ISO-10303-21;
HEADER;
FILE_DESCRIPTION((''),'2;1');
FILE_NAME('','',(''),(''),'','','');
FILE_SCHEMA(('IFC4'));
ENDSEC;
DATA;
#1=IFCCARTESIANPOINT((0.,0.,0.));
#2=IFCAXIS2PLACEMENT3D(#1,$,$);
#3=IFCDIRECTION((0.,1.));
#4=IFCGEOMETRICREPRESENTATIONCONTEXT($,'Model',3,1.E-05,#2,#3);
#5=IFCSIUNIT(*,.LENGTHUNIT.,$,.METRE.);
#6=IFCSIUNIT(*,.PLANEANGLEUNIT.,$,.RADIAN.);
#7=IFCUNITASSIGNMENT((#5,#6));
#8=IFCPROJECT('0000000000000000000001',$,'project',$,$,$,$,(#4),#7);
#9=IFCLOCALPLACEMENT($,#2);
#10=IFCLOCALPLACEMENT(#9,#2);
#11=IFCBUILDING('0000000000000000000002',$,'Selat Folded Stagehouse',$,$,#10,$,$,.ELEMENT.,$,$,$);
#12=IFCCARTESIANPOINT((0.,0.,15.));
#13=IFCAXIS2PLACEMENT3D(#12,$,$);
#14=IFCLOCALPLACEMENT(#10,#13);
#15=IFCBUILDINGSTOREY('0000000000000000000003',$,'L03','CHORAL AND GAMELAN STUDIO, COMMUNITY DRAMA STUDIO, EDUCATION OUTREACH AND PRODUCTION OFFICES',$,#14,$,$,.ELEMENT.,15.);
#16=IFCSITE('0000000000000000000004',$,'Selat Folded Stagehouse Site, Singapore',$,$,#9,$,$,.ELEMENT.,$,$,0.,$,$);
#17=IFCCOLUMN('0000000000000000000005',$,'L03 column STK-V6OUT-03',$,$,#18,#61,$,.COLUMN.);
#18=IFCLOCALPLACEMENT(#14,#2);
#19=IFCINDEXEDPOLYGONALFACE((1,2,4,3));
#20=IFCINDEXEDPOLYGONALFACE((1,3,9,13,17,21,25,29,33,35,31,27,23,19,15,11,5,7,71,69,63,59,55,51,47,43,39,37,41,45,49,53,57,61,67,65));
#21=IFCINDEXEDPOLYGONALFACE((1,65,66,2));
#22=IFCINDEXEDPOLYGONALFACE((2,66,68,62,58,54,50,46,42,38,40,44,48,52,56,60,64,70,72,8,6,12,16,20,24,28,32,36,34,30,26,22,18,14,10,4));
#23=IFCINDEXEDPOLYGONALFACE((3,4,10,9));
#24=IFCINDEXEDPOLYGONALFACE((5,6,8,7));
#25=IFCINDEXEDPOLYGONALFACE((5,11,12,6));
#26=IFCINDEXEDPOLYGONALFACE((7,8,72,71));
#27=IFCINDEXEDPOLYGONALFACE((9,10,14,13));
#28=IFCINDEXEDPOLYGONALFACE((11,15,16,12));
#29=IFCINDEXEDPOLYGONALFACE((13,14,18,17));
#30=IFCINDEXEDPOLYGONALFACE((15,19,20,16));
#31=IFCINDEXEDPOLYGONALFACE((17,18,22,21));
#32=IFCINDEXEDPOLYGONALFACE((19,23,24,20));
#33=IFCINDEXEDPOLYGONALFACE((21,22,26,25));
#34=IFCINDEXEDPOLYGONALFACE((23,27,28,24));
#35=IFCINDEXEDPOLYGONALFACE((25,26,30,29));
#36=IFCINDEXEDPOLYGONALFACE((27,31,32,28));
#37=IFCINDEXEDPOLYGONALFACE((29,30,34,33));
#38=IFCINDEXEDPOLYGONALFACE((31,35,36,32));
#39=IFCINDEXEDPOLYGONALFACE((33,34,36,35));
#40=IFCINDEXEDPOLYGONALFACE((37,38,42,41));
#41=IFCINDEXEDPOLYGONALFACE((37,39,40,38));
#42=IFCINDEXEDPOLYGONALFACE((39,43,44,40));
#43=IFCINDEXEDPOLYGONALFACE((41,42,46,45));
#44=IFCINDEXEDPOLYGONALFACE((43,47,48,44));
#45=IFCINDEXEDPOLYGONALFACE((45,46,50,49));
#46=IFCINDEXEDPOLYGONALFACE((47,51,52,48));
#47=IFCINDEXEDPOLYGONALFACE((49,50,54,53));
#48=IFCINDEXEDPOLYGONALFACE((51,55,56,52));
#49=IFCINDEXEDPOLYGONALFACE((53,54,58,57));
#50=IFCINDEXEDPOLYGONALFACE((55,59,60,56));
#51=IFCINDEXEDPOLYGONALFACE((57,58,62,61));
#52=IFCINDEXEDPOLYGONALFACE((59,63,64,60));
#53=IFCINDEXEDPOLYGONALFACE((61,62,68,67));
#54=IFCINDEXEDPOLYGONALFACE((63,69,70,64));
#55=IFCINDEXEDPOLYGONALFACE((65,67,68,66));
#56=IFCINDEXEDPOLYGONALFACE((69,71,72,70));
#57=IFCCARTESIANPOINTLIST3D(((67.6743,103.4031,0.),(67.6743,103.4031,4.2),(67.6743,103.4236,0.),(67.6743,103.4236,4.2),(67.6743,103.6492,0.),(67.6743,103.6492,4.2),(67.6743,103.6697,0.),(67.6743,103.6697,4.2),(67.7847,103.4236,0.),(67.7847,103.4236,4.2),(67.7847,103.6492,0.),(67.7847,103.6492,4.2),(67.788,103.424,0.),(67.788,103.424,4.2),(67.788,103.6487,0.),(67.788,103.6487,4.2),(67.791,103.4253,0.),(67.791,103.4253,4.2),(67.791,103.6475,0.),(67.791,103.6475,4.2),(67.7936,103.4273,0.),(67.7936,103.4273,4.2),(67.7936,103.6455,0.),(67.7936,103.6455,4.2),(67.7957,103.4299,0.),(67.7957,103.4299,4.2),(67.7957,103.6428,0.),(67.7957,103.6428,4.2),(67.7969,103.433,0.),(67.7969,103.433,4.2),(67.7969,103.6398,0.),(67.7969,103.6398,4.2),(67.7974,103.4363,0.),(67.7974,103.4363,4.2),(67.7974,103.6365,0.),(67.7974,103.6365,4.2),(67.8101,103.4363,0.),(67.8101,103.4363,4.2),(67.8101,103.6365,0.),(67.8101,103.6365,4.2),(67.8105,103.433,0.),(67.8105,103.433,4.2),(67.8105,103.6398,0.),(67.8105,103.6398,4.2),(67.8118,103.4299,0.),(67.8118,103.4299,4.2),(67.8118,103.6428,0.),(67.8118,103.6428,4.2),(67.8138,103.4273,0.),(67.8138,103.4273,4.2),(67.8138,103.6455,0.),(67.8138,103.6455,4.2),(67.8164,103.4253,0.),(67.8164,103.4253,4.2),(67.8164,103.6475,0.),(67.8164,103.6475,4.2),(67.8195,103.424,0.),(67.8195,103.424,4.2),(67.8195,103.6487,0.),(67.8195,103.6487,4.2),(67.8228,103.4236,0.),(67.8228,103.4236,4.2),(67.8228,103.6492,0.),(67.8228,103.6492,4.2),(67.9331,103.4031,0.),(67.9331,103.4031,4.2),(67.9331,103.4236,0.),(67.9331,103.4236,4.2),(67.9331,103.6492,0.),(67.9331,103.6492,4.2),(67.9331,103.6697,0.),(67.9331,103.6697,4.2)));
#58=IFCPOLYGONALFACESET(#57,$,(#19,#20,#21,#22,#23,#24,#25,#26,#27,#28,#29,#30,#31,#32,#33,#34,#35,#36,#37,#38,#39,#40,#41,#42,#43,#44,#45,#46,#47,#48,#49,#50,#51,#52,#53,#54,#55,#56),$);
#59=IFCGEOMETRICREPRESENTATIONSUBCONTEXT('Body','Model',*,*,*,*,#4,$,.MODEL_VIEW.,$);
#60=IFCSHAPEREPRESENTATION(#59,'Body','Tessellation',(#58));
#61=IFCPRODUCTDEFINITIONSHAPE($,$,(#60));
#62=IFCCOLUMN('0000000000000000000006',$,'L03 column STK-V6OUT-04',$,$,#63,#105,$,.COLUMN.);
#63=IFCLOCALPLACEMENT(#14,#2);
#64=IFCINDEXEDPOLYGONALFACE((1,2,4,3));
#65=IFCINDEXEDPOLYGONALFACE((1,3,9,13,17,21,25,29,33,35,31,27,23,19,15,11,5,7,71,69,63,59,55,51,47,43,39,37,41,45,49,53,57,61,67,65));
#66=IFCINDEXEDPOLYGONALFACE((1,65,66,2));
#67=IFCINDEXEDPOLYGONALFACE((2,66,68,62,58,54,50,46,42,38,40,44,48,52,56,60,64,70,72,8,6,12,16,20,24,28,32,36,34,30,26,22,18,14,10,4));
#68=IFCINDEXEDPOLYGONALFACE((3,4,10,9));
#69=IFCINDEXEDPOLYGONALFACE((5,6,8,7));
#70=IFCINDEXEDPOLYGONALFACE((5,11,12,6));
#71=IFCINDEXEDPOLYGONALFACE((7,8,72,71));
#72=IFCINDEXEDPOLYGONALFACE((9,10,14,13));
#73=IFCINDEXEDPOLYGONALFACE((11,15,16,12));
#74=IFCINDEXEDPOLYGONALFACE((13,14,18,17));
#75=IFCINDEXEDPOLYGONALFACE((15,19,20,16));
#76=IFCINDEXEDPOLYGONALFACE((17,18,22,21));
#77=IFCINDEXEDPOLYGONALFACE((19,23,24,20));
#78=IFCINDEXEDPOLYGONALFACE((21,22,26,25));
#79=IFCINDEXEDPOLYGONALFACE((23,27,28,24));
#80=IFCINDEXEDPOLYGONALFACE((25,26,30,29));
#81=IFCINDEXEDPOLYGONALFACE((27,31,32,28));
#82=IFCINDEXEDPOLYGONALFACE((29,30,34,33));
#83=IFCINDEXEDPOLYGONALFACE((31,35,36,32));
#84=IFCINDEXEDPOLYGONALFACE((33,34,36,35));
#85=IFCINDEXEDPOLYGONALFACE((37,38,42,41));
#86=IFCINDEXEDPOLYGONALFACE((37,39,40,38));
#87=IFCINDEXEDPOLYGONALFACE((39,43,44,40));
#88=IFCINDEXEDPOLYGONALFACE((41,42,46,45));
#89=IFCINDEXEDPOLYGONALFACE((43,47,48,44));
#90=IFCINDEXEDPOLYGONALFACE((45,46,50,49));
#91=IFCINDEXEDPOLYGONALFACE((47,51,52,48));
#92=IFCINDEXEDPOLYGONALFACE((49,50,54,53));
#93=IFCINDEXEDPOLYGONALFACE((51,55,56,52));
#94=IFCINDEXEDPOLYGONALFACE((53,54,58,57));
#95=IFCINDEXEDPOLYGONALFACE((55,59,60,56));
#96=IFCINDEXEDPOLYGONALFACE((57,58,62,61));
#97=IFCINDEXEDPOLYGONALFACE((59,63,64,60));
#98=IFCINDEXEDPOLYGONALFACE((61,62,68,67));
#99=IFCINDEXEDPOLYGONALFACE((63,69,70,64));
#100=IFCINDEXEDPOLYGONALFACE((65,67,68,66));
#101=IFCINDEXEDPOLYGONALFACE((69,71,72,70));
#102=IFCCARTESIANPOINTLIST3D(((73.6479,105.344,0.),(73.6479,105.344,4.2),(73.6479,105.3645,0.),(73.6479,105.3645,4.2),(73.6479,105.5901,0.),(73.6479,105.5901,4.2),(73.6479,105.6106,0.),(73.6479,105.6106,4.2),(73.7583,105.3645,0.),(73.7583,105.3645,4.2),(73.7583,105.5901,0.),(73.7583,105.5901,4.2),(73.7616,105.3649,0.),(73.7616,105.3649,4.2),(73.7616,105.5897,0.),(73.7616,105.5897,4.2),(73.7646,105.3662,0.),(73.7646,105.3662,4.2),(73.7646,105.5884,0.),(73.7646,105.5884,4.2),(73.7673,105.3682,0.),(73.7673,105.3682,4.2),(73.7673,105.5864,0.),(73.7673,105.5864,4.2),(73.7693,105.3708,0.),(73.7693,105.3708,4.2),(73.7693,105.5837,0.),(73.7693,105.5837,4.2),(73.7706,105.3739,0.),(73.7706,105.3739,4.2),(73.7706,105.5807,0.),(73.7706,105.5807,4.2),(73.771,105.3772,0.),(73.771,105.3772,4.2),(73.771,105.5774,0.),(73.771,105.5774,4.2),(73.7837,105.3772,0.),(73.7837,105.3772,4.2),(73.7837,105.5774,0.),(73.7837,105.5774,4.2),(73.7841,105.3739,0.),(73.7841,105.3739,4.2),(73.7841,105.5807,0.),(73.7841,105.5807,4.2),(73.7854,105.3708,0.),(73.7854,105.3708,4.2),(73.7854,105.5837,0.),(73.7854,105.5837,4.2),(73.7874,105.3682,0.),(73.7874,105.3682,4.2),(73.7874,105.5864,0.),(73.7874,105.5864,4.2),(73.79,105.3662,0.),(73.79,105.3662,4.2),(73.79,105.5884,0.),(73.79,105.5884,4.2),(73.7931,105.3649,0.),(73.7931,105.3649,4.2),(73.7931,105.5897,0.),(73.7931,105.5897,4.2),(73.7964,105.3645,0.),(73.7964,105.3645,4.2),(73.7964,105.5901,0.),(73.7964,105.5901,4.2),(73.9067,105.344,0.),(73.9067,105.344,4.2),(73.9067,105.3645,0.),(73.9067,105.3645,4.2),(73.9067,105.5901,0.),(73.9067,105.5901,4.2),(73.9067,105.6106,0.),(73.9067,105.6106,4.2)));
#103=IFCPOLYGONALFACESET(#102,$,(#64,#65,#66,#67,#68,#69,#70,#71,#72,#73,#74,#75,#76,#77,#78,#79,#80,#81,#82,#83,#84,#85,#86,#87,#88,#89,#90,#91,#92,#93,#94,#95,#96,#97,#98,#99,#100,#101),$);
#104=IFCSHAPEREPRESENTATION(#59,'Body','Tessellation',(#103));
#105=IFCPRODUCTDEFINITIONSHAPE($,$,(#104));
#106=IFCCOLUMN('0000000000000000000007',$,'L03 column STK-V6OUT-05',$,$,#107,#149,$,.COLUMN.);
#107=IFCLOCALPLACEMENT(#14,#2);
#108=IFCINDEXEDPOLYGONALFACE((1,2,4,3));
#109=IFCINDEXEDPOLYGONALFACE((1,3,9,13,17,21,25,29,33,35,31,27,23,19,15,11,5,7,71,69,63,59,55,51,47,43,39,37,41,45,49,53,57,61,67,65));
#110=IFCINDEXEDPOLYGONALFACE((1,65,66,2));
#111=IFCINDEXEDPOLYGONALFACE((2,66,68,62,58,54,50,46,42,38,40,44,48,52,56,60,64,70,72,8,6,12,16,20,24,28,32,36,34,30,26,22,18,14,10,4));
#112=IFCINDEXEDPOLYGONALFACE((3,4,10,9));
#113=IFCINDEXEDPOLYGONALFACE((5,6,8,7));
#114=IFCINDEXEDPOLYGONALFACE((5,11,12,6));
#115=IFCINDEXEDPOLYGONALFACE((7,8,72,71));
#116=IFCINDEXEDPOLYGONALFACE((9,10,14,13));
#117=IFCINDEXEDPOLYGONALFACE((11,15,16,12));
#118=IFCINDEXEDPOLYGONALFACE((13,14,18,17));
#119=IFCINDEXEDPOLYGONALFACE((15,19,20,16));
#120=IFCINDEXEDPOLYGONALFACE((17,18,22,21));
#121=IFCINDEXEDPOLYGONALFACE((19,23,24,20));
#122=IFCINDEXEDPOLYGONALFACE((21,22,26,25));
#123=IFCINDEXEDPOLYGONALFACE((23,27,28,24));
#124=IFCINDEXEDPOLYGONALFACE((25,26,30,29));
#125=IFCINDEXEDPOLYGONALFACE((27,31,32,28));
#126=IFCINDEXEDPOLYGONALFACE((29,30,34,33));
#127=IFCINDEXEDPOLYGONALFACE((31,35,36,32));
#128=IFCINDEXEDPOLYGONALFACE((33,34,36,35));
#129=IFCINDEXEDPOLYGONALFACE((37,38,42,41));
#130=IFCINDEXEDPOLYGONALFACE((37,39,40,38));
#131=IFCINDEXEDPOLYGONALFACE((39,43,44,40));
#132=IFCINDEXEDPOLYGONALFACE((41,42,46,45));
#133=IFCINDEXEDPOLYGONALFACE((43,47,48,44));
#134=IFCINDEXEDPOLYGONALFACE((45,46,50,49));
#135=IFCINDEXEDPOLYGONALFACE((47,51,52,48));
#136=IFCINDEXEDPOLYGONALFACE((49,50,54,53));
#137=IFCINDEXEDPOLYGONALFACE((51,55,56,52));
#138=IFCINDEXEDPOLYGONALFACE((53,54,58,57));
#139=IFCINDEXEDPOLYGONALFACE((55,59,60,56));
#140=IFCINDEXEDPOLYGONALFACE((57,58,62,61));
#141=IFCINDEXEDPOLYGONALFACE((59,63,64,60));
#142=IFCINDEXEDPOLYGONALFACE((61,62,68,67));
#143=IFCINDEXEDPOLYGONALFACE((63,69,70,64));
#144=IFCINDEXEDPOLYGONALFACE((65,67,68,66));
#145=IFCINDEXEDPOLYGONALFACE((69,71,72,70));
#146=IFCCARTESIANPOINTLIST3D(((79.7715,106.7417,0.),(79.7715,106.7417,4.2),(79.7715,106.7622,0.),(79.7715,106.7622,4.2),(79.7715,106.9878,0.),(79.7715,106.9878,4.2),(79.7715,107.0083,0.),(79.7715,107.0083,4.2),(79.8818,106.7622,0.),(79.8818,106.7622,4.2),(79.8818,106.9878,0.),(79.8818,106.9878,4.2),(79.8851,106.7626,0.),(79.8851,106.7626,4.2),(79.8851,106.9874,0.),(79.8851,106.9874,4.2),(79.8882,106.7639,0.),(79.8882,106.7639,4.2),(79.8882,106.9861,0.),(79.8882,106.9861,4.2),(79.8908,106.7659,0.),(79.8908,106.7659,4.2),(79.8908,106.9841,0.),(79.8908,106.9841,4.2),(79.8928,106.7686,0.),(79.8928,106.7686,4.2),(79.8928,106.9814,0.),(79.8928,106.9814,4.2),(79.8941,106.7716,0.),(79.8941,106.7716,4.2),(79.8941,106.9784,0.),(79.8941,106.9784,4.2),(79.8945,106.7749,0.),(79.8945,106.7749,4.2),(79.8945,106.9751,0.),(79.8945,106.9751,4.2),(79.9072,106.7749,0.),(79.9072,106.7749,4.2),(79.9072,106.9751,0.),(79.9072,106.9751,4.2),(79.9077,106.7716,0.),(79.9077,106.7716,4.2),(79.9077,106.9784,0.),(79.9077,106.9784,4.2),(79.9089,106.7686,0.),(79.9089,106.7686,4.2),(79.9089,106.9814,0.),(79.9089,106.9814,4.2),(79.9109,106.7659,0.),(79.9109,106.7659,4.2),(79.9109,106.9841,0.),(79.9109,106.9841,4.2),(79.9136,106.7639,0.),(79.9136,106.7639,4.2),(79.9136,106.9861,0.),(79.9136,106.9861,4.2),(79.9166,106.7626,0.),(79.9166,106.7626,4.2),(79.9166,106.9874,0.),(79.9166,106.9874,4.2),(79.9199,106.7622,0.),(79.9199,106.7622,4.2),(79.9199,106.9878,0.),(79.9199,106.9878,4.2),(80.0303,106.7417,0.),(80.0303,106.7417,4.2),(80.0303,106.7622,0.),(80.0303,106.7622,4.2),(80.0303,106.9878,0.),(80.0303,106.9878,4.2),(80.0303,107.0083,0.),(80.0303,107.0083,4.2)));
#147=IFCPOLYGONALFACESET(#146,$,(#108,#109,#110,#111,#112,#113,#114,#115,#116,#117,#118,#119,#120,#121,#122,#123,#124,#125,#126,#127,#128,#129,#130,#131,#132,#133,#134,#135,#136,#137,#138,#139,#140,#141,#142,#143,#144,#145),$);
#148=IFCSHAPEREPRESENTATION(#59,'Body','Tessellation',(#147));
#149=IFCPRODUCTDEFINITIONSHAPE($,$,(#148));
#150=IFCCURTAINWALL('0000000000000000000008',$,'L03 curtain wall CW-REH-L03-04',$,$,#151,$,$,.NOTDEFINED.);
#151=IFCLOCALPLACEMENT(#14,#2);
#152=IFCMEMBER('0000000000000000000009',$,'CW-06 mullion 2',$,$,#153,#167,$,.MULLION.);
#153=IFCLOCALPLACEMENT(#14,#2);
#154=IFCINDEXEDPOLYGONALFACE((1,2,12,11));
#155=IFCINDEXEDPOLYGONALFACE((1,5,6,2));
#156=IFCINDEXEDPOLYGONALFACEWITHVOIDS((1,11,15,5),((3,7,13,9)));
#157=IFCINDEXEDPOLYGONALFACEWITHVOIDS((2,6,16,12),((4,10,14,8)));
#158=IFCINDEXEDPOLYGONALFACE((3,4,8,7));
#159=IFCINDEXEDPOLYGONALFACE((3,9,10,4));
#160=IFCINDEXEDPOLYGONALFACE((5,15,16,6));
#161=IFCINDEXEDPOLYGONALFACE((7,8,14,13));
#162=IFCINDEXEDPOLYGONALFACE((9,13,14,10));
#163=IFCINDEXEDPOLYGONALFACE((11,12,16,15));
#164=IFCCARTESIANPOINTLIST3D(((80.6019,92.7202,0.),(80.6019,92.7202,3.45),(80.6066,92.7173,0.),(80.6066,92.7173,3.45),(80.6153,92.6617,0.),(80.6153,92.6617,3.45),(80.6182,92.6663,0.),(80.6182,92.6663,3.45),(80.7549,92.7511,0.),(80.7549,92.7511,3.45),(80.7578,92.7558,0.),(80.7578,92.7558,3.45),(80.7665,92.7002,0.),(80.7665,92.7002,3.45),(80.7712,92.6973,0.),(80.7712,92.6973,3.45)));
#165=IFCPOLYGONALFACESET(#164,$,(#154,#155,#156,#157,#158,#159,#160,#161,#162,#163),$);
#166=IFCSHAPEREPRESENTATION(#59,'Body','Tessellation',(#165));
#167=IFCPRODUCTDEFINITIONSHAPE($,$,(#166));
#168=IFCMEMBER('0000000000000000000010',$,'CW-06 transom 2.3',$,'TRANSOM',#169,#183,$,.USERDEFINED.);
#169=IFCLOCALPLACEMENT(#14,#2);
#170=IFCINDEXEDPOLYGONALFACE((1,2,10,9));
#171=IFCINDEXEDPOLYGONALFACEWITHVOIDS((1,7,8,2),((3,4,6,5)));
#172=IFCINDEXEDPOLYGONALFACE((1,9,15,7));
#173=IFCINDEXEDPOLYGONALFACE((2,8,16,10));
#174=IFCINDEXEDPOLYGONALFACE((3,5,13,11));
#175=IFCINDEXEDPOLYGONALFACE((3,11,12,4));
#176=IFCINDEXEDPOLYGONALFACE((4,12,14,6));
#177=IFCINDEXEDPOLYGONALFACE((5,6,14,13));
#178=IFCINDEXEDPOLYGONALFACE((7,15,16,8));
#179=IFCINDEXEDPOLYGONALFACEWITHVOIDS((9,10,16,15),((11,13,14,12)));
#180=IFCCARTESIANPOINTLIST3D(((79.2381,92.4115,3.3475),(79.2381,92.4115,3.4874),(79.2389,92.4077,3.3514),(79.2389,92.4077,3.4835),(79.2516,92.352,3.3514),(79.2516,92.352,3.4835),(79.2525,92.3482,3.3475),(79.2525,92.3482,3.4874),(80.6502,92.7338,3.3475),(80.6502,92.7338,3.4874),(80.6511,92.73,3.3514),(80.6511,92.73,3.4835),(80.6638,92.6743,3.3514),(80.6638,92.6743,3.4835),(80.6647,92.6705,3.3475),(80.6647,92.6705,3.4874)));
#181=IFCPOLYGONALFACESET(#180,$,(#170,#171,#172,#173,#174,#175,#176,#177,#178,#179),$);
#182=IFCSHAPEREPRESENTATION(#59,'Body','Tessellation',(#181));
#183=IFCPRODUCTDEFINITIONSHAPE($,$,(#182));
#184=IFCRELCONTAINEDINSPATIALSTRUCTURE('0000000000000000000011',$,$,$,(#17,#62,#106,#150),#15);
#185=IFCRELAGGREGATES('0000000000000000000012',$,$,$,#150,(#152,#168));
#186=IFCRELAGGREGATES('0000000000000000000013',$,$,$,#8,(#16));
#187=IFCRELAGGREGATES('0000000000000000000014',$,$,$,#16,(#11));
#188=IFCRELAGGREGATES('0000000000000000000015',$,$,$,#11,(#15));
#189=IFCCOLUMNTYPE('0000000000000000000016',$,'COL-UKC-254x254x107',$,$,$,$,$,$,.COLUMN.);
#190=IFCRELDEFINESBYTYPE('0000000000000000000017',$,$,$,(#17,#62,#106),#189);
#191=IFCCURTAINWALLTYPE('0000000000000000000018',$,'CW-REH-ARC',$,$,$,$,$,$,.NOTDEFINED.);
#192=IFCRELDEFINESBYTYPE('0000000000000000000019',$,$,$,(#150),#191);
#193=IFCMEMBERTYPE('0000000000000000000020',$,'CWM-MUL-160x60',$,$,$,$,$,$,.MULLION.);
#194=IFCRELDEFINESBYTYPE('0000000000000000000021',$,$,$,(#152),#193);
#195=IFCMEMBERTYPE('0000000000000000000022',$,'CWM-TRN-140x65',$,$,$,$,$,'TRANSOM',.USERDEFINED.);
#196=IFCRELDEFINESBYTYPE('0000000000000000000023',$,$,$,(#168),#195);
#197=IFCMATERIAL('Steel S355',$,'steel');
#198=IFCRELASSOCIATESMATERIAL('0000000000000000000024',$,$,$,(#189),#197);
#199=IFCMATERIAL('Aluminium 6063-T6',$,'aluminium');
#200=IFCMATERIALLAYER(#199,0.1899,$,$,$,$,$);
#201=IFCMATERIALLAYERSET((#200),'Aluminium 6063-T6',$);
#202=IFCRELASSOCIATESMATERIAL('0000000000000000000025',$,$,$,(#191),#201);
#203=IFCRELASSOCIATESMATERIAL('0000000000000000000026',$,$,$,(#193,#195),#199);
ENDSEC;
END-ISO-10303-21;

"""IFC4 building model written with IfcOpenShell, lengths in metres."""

from ifc_helpers import new_model, si_unit, direction, frame, origin, origin_2d, place, context, subcontext, project, spatial, hollow_rectangle, i_section, extrude, material, layer, layer_set, material_profile, profile_set, type_object, element, aggregate, save


model = new_model("IFC4")

# Units and contexts
model_context = context("Model", 3, precision=1e-05, world=origin(), true_north=direction((0.0, 1.0)))
body_context = subcontext(model_context, "Body", "Model", "MODEL_VIEW")
ifc_project = project(units=[si_unit("LENGTHUNIT", "METRE"), si_unit("PLANEANGLEUNIT", "RADIAN")], contexts=[model_context])

# Site, building, storey
site_placement = place(None, origin())
site = spatial("IfcSite", under=ifc_project, at=site_placement, Name="Selat Folded Stagehouse Site, Singapore", CompositionType="ELEMENT", RefElevation=0.0)
building_placement = place(site_placement, origin())
building = spatial("IfcBuilding", under=site, at=building_placement, Name="Selat Folded Stagehouse", CompositionType="ELEMENT")
storey_placement = place(building_placement, frame((0.0, 0.0, 15.0)))
storey = spatial("IfcBuildingStorey", under=building, at=storey_placement, Name="L03", Description="CHORAL AND GAMELAN STUDIO, COMMUNITY DRAMA STUDIO, EDUCATION OUTREACH AND PRODUCTION OFFICES", CompositionType="ELEMENT", Elevation=15.0)

# Columns
ifc_material_1 = material(Name="Steel S355", Category="steel")
ifc_material_profile_1 = material_profile(ifc_material_1, i_section(OverallWidth=0.2588, OverallDepth=0.2666, WebThickness=0.0127, FlangeThickness=0.0205, FilletRadius=0.0127, at=origin_2d()), Name="UKC 254x254x107")
ifc_profile_set_1 = profile_set([ifc_material_profile_1], Name="Steel S355")
column_type = type_object("IfcColumnType", Name="COL-UKC-254x254x107", PredefinedType="COLUMN", material=ifc_profile_set_1)
for number, where, z_axis, x_axis, name in (
    (1, (67.8037, 103.5364, 0.0), (0.0, 0.0, 1.0), (1.0, 0.0, 0.0), "L03 column STK-V6OUT-03"),
    (2, (73.7773, 105.4773, 0.0), (0.0, 0.0, 1.0), (1.0, 0.0, 0.0), "L03 column STK-V6OUT-04"),
    (3, (79.9009, 106.875, 0.0), (0.0, 0.0, 1.0), (1.0, 0.0, 0.0), "L03 column STK-V6OUT-05"),
):
    element("IfcColumn", number, at=place(storey_placement, frame(where, z_axis=z_axis, x_axis=x_axis)), inside=storey, type_object=column_type, Name=name, PredefinedType="COLUMN", context=body_context, shape_type="SweptSolid", body=[
        extrude(i_section(OverallWidth=0.2588, OverallDepth=0.2666, WebThickness=0.0127, FlangeThickness=0.0205, FilletRadius=0.0127, at=origin_2d()), origin(), (0.0, 0.0, 1.0), 4.2),
    ])

# Curtain wall, members
ifc_material_2 = material(Name="Aluminium 6063-T6", Category="aluminium")
ifc_layer_1 = layer(ifc_material_2, 0.1899)
ifc_layer_set_1 = layer_set([ifc_layer_1], Name="Aluminium 6063-T6")
curtain_wall_type = type_object("IfcCurtainWallType", Name="CW-REH-ARC", PredefinedType="NOTDEFINED", material=ifc_layer_set_1)
curtain_wall_placement = place(storey_placement, origin())
curtain_wall = element("IfcCurtainWall", 4, at=curtain_wall_placement, inside=storey, type_object=curtain_wall_type, Name="L03 curtain wall CW-REH-L03-04", PredefinedType="NOTDEFINED")
ifc_material_profile_2 = material_profile(ifc_material_2, hollow_rectangle(XDim=0.0601, YDim=0.1599, WallThickness=0.0039, at=origin_2d()), Name="ALU 160x60x4.0")
ifc_profile_set_2 = profile_set([ifc_material_profile_2], Name="Aluminium 6063-T6")
member_type_1 = type_object("IfcMemberType", Name="CWM-MUL-160x60", PredefinedType="MULLION", material=ifc_profile_set_2)
member_1_placement = place(storey_placement, frame((80.6865, 92.7087, 0.0), z_axis=(0.0, 0.0, 1.0), x_axis=(0.222543, -0.974923, 0.0)))
member_1 = element("IfcMember", 5, at=member_1_placement, type_object=member_type_1, Name="CW-06 mullion 2", PredefinedType="MULLION", context=body_context, shape_type="SweptSolid", body=[
    extrude(hollow_rectangle(XDim=0.0601, YDim=0.1599, WallThickness=0.0039, at=origin_2d()), origin(), (0.0, 0.0, 1.0), 3.45),
])
ifc_material_profile_3 = material_profile(ifc_material_2, hollow_rectangle(XDim=0.0649, YDim=0.1399, WallThickness=0.0039, at=origin_2d()), Name="ALU 140x65x4.0")
ifc_profile_set_3 = profile_set([ifc_material_profile_3], Name="Aluminium 6063-T6")
member_type_2 = type_object("IfcMemberType", Name="CWM-TRN-140x65", ElementType="TRANSOM", PredefinedType="USERDEFINED", material=ifc_profile_set_3)
member_2_placement = place(storey_placement, frame((80.6575, 92.7021, 3.4175), z_axis=(-0.974934, -0.222495, 0.0), x_axis=(0.222495, -0.974934, 0.0)))
member_2 = element("IfcMember", 6, at=member_2_placement, type_object=member_type_2, Name="CW-06 transom 2.3", ObjectType="TRANSOM", PredefinedType="USERDEFINED", context=body_context, shape_type="SweptSolid", body=[
    extrude(hollow_rectangle(XDim=0.0649, YDim=0.1399, WallThickness=0.0039, at=origin_2d()), origin(), (0.0, 0.0, 1.0), 1.4485),
])
aggregate(curtain_wall, [member_1, member_2])

save(model, "model.ifc")
